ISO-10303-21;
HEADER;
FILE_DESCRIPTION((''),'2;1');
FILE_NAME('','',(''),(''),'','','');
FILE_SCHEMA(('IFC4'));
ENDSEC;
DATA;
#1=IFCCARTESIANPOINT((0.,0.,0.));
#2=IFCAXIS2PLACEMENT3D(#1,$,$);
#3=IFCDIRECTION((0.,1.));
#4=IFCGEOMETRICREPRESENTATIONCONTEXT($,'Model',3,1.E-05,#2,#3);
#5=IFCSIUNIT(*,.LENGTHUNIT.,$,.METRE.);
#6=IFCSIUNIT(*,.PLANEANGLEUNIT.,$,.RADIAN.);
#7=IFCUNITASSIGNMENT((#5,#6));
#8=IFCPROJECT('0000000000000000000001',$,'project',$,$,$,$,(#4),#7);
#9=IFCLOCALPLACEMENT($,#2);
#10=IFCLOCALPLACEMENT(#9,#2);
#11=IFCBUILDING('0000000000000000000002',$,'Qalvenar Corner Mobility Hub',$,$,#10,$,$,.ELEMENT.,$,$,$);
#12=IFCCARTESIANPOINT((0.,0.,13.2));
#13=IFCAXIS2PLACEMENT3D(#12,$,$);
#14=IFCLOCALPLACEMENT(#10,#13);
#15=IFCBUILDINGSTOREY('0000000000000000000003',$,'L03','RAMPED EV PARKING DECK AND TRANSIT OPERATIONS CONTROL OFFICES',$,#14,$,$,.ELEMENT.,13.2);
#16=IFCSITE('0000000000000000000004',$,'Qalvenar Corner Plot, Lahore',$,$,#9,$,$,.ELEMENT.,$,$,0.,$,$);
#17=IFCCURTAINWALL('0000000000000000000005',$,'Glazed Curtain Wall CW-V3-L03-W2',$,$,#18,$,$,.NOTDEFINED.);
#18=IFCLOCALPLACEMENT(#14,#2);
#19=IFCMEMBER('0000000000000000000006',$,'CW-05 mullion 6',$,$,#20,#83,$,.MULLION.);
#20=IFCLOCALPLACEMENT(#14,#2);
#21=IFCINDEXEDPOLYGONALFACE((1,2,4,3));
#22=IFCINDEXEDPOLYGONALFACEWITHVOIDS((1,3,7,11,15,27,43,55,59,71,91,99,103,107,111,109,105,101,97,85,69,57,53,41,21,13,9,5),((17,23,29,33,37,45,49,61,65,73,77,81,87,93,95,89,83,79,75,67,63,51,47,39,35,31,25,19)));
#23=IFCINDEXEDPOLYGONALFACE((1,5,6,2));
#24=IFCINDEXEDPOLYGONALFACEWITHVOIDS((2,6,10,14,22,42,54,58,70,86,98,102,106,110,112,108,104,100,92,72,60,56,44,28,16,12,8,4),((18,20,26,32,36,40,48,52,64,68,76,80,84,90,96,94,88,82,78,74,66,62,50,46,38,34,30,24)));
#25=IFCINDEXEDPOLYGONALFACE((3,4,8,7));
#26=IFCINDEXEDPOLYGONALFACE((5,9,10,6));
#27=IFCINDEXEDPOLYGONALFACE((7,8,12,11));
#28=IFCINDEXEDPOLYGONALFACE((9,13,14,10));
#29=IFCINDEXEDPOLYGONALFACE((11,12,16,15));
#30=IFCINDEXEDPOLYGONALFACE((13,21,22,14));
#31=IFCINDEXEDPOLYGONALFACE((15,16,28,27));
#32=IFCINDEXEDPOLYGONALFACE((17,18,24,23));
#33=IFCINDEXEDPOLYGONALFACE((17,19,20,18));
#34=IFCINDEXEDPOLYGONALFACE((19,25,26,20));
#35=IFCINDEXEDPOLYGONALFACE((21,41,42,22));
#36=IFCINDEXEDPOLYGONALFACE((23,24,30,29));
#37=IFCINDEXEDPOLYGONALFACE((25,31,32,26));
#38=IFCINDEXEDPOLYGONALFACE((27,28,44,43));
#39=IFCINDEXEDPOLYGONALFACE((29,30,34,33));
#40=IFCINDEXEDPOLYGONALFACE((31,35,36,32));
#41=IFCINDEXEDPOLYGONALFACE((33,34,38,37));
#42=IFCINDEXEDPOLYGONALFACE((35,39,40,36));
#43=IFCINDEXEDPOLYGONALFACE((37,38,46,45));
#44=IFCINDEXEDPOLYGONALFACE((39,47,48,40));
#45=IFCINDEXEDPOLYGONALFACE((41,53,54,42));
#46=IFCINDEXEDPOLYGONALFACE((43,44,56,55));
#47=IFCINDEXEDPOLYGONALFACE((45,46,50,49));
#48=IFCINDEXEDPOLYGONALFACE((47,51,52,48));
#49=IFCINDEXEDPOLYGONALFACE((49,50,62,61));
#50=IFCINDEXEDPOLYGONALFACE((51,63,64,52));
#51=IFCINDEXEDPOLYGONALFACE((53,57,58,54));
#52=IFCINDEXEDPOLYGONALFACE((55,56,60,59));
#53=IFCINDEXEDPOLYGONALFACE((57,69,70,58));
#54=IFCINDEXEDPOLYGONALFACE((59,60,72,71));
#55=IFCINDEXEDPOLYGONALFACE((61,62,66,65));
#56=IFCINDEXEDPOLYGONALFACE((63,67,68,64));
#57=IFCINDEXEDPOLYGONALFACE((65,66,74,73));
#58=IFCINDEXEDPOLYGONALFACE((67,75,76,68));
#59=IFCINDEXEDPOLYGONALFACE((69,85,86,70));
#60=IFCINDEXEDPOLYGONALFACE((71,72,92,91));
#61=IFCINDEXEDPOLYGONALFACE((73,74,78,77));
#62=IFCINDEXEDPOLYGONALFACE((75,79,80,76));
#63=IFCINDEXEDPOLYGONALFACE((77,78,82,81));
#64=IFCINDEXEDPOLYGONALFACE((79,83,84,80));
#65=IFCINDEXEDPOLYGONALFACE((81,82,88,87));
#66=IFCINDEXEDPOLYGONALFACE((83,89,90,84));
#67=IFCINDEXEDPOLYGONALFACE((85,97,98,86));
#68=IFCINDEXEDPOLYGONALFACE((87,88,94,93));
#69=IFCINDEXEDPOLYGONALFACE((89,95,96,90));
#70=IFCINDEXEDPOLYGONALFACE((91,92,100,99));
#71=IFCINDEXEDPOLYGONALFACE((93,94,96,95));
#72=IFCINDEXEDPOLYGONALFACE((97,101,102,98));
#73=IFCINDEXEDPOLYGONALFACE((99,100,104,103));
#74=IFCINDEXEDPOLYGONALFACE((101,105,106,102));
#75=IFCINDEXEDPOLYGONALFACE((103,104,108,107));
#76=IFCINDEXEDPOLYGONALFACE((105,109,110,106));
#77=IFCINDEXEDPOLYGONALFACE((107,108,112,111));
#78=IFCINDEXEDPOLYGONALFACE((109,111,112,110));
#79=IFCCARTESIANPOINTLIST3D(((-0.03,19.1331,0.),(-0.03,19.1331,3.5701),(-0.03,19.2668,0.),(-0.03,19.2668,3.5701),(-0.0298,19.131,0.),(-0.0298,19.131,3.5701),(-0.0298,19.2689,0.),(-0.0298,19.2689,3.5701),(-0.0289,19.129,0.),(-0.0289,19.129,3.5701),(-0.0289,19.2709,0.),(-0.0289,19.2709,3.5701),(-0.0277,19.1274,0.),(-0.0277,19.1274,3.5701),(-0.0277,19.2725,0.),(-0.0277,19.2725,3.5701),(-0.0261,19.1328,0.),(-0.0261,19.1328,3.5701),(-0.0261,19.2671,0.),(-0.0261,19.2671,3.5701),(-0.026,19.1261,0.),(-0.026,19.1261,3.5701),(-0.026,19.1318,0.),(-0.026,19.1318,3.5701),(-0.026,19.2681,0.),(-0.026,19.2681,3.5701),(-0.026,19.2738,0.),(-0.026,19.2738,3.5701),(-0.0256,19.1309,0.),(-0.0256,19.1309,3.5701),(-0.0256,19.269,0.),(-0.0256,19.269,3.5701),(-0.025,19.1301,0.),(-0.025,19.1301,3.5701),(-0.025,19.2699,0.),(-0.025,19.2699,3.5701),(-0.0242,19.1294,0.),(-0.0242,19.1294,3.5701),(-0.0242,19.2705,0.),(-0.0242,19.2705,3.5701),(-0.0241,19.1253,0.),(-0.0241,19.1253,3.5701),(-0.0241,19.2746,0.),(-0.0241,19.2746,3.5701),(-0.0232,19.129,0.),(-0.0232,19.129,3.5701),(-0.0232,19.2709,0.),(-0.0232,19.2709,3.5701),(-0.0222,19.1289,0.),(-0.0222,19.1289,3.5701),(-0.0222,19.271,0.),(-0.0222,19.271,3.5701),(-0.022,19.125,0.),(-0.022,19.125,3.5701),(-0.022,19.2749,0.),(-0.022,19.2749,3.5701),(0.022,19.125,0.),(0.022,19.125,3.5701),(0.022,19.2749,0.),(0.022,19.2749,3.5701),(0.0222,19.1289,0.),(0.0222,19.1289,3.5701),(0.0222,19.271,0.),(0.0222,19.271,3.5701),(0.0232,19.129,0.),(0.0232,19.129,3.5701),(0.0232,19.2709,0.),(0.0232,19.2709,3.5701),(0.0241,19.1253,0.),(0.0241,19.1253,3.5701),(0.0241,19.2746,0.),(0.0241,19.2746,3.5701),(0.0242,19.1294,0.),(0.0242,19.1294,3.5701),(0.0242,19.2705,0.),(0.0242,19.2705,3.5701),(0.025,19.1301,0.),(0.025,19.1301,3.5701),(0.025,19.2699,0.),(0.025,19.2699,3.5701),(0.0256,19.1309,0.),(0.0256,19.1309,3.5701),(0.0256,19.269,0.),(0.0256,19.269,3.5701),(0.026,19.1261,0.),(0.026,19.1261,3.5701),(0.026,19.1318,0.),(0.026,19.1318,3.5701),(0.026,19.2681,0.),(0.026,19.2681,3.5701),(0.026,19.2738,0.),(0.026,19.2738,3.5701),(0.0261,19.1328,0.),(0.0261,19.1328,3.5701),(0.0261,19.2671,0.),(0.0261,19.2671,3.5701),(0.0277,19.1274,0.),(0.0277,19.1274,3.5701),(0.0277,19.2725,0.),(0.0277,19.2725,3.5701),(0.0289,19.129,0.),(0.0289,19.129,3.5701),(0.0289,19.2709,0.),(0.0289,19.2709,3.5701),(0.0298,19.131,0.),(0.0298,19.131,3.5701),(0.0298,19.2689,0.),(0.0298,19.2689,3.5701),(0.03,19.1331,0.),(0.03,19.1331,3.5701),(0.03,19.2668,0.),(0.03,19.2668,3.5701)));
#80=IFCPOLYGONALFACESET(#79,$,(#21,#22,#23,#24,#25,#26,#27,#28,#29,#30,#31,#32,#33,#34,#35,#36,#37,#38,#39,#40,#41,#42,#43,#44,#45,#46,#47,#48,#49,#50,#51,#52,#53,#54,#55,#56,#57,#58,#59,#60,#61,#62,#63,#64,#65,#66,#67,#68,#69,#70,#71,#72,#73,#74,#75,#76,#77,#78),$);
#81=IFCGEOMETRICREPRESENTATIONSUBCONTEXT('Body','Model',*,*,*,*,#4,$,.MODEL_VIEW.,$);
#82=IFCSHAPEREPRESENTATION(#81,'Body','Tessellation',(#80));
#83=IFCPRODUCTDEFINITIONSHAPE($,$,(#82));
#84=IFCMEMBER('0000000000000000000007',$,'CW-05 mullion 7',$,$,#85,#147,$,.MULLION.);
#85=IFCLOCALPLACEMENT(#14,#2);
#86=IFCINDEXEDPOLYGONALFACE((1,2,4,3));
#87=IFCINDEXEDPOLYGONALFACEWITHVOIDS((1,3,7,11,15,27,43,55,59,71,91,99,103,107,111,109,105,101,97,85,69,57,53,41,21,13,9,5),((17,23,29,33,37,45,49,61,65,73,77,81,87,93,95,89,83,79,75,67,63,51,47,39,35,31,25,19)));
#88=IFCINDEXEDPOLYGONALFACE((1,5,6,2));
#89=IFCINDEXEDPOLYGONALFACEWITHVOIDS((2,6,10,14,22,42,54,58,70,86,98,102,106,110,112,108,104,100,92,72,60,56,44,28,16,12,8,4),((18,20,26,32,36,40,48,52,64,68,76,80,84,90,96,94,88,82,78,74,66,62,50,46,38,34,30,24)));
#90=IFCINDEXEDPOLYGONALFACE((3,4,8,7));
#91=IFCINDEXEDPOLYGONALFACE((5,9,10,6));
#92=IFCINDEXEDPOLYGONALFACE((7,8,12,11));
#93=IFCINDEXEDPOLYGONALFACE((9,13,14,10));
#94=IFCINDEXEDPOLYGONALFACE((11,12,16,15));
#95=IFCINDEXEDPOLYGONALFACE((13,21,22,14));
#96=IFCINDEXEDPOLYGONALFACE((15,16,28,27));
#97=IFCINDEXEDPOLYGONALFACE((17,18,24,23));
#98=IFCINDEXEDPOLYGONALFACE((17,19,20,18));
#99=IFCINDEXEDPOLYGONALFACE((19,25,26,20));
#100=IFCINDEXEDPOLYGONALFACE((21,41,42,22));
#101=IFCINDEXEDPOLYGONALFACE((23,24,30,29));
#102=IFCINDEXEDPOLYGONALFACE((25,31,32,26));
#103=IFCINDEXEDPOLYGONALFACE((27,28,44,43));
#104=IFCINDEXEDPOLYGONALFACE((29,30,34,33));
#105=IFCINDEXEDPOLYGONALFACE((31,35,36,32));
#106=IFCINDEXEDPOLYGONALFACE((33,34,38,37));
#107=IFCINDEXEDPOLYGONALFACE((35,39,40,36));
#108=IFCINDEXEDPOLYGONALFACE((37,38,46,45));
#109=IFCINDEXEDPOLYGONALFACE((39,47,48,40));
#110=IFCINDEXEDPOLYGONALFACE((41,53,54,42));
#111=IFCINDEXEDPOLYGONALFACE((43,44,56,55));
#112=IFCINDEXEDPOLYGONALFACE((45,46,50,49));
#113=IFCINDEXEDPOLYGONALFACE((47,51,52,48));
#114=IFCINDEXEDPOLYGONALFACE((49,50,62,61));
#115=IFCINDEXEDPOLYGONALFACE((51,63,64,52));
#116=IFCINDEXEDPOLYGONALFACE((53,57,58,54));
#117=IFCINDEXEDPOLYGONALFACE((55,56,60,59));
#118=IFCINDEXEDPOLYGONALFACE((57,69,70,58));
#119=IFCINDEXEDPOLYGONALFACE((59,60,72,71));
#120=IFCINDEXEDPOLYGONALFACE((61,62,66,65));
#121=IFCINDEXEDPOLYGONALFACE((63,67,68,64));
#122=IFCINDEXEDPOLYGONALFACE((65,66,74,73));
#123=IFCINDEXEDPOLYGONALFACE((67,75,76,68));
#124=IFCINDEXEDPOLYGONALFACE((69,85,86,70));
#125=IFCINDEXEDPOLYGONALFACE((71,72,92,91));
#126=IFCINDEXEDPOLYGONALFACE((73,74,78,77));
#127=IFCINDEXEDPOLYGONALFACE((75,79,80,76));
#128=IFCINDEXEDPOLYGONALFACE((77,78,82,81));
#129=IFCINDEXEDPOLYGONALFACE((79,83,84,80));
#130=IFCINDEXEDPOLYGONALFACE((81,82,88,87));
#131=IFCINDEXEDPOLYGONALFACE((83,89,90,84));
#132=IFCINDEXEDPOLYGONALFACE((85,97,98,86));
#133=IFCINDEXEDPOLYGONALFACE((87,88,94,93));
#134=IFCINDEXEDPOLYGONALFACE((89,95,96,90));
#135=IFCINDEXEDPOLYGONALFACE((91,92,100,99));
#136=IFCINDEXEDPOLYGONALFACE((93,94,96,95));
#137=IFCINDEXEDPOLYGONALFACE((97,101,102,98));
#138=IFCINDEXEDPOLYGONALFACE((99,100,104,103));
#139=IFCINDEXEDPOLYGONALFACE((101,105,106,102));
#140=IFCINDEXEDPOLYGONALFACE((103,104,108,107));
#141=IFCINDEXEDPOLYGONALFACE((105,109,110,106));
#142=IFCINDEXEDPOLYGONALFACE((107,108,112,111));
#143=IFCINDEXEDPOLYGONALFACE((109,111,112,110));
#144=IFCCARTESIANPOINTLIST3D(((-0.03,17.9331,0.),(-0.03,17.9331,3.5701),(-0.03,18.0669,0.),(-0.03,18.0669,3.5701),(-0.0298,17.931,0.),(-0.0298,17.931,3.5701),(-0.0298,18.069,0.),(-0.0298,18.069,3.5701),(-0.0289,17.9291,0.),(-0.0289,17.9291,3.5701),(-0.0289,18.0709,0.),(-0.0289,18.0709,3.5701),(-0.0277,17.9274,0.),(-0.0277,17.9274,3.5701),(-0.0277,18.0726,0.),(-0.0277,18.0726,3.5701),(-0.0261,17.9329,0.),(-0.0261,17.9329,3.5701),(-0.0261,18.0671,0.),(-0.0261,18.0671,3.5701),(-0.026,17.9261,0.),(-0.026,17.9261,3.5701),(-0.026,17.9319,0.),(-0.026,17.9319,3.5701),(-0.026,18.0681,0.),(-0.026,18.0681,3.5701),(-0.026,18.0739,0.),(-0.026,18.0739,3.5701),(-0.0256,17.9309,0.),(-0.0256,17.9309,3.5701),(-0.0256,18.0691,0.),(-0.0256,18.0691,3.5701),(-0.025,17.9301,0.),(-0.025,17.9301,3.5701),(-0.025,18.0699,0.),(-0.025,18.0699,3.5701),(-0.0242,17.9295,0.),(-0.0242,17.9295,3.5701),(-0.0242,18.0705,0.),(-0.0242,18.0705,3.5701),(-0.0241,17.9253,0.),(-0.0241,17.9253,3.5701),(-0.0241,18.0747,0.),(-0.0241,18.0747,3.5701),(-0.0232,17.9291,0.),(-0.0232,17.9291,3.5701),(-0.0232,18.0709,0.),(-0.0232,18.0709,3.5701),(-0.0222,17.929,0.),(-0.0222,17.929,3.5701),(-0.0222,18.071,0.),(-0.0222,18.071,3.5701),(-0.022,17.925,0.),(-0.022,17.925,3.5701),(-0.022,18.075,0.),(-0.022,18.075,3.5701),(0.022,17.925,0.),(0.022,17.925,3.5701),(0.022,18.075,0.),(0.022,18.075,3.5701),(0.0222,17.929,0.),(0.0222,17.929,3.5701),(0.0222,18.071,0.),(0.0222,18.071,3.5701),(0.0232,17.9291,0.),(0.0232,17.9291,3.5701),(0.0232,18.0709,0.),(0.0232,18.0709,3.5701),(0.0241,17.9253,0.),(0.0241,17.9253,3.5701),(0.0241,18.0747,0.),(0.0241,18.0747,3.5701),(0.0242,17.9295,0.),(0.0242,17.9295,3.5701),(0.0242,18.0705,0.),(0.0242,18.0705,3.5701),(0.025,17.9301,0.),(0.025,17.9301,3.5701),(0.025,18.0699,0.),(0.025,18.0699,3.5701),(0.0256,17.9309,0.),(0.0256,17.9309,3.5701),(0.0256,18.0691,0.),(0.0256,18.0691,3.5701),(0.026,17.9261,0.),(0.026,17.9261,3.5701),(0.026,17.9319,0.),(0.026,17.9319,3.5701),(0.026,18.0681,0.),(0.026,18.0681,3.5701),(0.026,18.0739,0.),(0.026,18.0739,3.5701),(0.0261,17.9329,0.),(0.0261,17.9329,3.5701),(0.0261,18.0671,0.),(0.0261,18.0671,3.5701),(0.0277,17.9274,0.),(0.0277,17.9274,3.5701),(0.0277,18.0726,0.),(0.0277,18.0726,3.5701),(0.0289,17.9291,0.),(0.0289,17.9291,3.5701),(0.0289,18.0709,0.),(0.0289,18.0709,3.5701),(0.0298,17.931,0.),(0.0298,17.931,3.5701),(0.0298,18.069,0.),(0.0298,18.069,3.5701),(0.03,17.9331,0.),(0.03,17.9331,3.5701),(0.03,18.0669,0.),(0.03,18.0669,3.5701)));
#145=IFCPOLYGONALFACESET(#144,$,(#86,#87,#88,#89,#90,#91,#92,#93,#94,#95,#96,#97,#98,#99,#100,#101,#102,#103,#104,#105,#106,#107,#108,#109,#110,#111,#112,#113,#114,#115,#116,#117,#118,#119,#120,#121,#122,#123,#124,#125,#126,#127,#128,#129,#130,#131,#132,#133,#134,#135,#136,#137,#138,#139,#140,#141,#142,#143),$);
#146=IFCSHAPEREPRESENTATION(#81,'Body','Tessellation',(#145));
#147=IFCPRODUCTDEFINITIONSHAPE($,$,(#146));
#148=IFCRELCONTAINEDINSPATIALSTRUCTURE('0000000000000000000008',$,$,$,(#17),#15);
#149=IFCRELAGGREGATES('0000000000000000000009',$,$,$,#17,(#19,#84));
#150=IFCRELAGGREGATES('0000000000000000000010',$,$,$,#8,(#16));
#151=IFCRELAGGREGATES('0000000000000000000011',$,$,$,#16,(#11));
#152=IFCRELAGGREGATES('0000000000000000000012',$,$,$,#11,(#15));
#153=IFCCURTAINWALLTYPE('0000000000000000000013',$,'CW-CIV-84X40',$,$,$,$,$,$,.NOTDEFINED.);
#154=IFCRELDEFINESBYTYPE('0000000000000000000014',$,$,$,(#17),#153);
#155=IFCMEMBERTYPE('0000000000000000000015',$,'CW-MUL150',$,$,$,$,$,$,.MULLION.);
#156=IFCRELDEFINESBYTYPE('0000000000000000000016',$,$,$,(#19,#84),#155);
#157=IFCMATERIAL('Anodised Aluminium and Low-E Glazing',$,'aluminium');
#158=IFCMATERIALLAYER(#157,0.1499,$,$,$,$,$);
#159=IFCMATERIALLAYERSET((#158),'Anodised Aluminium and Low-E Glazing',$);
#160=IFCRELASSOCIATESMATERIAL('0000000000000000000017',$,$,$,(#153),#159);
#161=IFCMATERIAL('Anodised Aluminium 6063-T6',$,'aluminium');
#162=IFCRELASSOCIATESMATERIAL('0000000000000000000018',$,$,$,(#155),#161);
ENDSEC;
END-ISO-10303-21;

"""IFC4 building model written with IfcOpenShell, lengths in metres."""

from ifc_helpers import new_model, si_unit, direction, frame, origin, origin_2d, place, context, subcontext, project, spatial, hollow_rectangle, extrude, material, layer, layer_set, material_profile, profile_set, type_object, element, aggregate, save


model = new_model("IFC4")

# Units and contexts
model_context = context("Model", 3, precision=1e-05, world=origin(), true_north=direction((0.0, 1.0)))
body_context = subcontext(model_context, "Body", "Model", "MODEL_VIEW")
ifc_project = project(units=[si_unit("LENGTHUNIT", "METRE"), si_unit("PLANEANGLEUNIT", "RADIAN")], contexts=[model_context])

# Site, building, storey
site_placement = place(None, origin())
site = spatial("IfcSite", under=ifc_project, at=site_placement, Name="Qalvenar Corner Plot, Lahore", CompositionType="ELEMENT", RefElevation=0.0)
building_placement = place(site_placement, origin())
building = spatial("IfcBuilding", under=site, at=building_placement, Name="Qalvenar Corner Mobility Hub", CompositionType="ELEMENT")
storey_placement = place(building_placement, frame((0.0, 0.0, 13.2)))
storey = spatial("IfcBuildingStorey", under=building, at=storey_placement, Name="L03", Description="RAMPED EV PARKING DECK AND TRANSIT OPERATIONS CONTROL OFFICES", CompositionType="ELEMENT", Elevation=13.2)

# Curtain wall, members
ifc_material_1 = material(Name="Anodised Aluminium and Low-E Glazing", Category="aluminium")
ifc_layer_1 = layer(ifc_material_1, 0.1499)
ifc_layer_set_1 = layer_set([ifc_layer_1], Name="Anodised Aluminium and Low-E Glazing")
curtain_wall_type = type_object("IfcCurtainWallType", Name="CW-CIV-84X40", PredefinedType="NOTDEFINED", material=ifc_layer_set_1)
ifc_material_2 = material(Name="Anodised Aluminium 6063-T6", Category="aluminium")
ifc_material_profile_1 = material_profile(ifc_material_2, hollow_rectangle(XDim=0.0601, YDim=0.1499, WallThickness=0.0039, InnerFilletRadius=0.0039, OuterFilletRadius=0.0081, at=origin_2d()), Name="RHS150x60x4")
ifc_profile_set_1 = profile_set([ifc_material_profile_1], Name="Anodised Aluminium 6063-T6")
member_type_1 = type_object("IfcMemberType", Name="CW-MUL150", PredefinedType="MULLION", material=ifc_profile_set_1)
curtain_wall_1_placement = place(storey_placement, origin())
curtain_wall_1 = element("IfcCurtainWall", 1, at=curtain_wall_1_placement, inside=storey, type_object=curtain_wall_type, Name="Glazed Curtain Wall CW-V3-L03-W2", PredefinedType="NOTDEFINED")
member_1_placement = place(storey_placement, frame((0.0, 19.2, 0.0), z_axis=(0.0, 0.0, 1.0), x_axis=(1.0, 0.0, 0.0)))
member_1 = element("IfcMember", 2, at=member_1_placement, type_object=member_type_1, Name="CW-05 mullion 6", PredefinedType="MULLION", context=body_context, shape_type="SweptSolid", body=[
    extrude(hollow_rectangle(XDim=0.0601, YDim=0.1499, WallThickness=0.0039, InnerFilletRadius=0.0039, OuterFilletRadius=0.0081, at=origin_2d()), origin(), (0.0, 0.0, 1.0), 3.5701),
])
member_2_placement = place(storey_placement, frame((0.0, 18.0, 0.0), z_axis=(0.0, 0.0, 1.0), x_axis=(1.0, 0.0, 0.0)))
member_2 = element("IfcMember", 3, at=member_2_placement, type_object=member_type_1, Name="CW-05 mullion 7", PredefinedType="MULLION", context=body_context, shape_type="SweptSolid", body=[
    extrude(hollow_rectangle(XDim=0.0601, YDim=0.1499, WallThickness=0.0039, InnerFilletRadius=0.0039, OuterFilletRadius=0.0081, at=origin_2d()), origin(), (0.0, 0.0, 1.0), 3.5701),
])

aggregate(curtain_wall_1, [member_1, member_2])

save(model, "model.ifc")
